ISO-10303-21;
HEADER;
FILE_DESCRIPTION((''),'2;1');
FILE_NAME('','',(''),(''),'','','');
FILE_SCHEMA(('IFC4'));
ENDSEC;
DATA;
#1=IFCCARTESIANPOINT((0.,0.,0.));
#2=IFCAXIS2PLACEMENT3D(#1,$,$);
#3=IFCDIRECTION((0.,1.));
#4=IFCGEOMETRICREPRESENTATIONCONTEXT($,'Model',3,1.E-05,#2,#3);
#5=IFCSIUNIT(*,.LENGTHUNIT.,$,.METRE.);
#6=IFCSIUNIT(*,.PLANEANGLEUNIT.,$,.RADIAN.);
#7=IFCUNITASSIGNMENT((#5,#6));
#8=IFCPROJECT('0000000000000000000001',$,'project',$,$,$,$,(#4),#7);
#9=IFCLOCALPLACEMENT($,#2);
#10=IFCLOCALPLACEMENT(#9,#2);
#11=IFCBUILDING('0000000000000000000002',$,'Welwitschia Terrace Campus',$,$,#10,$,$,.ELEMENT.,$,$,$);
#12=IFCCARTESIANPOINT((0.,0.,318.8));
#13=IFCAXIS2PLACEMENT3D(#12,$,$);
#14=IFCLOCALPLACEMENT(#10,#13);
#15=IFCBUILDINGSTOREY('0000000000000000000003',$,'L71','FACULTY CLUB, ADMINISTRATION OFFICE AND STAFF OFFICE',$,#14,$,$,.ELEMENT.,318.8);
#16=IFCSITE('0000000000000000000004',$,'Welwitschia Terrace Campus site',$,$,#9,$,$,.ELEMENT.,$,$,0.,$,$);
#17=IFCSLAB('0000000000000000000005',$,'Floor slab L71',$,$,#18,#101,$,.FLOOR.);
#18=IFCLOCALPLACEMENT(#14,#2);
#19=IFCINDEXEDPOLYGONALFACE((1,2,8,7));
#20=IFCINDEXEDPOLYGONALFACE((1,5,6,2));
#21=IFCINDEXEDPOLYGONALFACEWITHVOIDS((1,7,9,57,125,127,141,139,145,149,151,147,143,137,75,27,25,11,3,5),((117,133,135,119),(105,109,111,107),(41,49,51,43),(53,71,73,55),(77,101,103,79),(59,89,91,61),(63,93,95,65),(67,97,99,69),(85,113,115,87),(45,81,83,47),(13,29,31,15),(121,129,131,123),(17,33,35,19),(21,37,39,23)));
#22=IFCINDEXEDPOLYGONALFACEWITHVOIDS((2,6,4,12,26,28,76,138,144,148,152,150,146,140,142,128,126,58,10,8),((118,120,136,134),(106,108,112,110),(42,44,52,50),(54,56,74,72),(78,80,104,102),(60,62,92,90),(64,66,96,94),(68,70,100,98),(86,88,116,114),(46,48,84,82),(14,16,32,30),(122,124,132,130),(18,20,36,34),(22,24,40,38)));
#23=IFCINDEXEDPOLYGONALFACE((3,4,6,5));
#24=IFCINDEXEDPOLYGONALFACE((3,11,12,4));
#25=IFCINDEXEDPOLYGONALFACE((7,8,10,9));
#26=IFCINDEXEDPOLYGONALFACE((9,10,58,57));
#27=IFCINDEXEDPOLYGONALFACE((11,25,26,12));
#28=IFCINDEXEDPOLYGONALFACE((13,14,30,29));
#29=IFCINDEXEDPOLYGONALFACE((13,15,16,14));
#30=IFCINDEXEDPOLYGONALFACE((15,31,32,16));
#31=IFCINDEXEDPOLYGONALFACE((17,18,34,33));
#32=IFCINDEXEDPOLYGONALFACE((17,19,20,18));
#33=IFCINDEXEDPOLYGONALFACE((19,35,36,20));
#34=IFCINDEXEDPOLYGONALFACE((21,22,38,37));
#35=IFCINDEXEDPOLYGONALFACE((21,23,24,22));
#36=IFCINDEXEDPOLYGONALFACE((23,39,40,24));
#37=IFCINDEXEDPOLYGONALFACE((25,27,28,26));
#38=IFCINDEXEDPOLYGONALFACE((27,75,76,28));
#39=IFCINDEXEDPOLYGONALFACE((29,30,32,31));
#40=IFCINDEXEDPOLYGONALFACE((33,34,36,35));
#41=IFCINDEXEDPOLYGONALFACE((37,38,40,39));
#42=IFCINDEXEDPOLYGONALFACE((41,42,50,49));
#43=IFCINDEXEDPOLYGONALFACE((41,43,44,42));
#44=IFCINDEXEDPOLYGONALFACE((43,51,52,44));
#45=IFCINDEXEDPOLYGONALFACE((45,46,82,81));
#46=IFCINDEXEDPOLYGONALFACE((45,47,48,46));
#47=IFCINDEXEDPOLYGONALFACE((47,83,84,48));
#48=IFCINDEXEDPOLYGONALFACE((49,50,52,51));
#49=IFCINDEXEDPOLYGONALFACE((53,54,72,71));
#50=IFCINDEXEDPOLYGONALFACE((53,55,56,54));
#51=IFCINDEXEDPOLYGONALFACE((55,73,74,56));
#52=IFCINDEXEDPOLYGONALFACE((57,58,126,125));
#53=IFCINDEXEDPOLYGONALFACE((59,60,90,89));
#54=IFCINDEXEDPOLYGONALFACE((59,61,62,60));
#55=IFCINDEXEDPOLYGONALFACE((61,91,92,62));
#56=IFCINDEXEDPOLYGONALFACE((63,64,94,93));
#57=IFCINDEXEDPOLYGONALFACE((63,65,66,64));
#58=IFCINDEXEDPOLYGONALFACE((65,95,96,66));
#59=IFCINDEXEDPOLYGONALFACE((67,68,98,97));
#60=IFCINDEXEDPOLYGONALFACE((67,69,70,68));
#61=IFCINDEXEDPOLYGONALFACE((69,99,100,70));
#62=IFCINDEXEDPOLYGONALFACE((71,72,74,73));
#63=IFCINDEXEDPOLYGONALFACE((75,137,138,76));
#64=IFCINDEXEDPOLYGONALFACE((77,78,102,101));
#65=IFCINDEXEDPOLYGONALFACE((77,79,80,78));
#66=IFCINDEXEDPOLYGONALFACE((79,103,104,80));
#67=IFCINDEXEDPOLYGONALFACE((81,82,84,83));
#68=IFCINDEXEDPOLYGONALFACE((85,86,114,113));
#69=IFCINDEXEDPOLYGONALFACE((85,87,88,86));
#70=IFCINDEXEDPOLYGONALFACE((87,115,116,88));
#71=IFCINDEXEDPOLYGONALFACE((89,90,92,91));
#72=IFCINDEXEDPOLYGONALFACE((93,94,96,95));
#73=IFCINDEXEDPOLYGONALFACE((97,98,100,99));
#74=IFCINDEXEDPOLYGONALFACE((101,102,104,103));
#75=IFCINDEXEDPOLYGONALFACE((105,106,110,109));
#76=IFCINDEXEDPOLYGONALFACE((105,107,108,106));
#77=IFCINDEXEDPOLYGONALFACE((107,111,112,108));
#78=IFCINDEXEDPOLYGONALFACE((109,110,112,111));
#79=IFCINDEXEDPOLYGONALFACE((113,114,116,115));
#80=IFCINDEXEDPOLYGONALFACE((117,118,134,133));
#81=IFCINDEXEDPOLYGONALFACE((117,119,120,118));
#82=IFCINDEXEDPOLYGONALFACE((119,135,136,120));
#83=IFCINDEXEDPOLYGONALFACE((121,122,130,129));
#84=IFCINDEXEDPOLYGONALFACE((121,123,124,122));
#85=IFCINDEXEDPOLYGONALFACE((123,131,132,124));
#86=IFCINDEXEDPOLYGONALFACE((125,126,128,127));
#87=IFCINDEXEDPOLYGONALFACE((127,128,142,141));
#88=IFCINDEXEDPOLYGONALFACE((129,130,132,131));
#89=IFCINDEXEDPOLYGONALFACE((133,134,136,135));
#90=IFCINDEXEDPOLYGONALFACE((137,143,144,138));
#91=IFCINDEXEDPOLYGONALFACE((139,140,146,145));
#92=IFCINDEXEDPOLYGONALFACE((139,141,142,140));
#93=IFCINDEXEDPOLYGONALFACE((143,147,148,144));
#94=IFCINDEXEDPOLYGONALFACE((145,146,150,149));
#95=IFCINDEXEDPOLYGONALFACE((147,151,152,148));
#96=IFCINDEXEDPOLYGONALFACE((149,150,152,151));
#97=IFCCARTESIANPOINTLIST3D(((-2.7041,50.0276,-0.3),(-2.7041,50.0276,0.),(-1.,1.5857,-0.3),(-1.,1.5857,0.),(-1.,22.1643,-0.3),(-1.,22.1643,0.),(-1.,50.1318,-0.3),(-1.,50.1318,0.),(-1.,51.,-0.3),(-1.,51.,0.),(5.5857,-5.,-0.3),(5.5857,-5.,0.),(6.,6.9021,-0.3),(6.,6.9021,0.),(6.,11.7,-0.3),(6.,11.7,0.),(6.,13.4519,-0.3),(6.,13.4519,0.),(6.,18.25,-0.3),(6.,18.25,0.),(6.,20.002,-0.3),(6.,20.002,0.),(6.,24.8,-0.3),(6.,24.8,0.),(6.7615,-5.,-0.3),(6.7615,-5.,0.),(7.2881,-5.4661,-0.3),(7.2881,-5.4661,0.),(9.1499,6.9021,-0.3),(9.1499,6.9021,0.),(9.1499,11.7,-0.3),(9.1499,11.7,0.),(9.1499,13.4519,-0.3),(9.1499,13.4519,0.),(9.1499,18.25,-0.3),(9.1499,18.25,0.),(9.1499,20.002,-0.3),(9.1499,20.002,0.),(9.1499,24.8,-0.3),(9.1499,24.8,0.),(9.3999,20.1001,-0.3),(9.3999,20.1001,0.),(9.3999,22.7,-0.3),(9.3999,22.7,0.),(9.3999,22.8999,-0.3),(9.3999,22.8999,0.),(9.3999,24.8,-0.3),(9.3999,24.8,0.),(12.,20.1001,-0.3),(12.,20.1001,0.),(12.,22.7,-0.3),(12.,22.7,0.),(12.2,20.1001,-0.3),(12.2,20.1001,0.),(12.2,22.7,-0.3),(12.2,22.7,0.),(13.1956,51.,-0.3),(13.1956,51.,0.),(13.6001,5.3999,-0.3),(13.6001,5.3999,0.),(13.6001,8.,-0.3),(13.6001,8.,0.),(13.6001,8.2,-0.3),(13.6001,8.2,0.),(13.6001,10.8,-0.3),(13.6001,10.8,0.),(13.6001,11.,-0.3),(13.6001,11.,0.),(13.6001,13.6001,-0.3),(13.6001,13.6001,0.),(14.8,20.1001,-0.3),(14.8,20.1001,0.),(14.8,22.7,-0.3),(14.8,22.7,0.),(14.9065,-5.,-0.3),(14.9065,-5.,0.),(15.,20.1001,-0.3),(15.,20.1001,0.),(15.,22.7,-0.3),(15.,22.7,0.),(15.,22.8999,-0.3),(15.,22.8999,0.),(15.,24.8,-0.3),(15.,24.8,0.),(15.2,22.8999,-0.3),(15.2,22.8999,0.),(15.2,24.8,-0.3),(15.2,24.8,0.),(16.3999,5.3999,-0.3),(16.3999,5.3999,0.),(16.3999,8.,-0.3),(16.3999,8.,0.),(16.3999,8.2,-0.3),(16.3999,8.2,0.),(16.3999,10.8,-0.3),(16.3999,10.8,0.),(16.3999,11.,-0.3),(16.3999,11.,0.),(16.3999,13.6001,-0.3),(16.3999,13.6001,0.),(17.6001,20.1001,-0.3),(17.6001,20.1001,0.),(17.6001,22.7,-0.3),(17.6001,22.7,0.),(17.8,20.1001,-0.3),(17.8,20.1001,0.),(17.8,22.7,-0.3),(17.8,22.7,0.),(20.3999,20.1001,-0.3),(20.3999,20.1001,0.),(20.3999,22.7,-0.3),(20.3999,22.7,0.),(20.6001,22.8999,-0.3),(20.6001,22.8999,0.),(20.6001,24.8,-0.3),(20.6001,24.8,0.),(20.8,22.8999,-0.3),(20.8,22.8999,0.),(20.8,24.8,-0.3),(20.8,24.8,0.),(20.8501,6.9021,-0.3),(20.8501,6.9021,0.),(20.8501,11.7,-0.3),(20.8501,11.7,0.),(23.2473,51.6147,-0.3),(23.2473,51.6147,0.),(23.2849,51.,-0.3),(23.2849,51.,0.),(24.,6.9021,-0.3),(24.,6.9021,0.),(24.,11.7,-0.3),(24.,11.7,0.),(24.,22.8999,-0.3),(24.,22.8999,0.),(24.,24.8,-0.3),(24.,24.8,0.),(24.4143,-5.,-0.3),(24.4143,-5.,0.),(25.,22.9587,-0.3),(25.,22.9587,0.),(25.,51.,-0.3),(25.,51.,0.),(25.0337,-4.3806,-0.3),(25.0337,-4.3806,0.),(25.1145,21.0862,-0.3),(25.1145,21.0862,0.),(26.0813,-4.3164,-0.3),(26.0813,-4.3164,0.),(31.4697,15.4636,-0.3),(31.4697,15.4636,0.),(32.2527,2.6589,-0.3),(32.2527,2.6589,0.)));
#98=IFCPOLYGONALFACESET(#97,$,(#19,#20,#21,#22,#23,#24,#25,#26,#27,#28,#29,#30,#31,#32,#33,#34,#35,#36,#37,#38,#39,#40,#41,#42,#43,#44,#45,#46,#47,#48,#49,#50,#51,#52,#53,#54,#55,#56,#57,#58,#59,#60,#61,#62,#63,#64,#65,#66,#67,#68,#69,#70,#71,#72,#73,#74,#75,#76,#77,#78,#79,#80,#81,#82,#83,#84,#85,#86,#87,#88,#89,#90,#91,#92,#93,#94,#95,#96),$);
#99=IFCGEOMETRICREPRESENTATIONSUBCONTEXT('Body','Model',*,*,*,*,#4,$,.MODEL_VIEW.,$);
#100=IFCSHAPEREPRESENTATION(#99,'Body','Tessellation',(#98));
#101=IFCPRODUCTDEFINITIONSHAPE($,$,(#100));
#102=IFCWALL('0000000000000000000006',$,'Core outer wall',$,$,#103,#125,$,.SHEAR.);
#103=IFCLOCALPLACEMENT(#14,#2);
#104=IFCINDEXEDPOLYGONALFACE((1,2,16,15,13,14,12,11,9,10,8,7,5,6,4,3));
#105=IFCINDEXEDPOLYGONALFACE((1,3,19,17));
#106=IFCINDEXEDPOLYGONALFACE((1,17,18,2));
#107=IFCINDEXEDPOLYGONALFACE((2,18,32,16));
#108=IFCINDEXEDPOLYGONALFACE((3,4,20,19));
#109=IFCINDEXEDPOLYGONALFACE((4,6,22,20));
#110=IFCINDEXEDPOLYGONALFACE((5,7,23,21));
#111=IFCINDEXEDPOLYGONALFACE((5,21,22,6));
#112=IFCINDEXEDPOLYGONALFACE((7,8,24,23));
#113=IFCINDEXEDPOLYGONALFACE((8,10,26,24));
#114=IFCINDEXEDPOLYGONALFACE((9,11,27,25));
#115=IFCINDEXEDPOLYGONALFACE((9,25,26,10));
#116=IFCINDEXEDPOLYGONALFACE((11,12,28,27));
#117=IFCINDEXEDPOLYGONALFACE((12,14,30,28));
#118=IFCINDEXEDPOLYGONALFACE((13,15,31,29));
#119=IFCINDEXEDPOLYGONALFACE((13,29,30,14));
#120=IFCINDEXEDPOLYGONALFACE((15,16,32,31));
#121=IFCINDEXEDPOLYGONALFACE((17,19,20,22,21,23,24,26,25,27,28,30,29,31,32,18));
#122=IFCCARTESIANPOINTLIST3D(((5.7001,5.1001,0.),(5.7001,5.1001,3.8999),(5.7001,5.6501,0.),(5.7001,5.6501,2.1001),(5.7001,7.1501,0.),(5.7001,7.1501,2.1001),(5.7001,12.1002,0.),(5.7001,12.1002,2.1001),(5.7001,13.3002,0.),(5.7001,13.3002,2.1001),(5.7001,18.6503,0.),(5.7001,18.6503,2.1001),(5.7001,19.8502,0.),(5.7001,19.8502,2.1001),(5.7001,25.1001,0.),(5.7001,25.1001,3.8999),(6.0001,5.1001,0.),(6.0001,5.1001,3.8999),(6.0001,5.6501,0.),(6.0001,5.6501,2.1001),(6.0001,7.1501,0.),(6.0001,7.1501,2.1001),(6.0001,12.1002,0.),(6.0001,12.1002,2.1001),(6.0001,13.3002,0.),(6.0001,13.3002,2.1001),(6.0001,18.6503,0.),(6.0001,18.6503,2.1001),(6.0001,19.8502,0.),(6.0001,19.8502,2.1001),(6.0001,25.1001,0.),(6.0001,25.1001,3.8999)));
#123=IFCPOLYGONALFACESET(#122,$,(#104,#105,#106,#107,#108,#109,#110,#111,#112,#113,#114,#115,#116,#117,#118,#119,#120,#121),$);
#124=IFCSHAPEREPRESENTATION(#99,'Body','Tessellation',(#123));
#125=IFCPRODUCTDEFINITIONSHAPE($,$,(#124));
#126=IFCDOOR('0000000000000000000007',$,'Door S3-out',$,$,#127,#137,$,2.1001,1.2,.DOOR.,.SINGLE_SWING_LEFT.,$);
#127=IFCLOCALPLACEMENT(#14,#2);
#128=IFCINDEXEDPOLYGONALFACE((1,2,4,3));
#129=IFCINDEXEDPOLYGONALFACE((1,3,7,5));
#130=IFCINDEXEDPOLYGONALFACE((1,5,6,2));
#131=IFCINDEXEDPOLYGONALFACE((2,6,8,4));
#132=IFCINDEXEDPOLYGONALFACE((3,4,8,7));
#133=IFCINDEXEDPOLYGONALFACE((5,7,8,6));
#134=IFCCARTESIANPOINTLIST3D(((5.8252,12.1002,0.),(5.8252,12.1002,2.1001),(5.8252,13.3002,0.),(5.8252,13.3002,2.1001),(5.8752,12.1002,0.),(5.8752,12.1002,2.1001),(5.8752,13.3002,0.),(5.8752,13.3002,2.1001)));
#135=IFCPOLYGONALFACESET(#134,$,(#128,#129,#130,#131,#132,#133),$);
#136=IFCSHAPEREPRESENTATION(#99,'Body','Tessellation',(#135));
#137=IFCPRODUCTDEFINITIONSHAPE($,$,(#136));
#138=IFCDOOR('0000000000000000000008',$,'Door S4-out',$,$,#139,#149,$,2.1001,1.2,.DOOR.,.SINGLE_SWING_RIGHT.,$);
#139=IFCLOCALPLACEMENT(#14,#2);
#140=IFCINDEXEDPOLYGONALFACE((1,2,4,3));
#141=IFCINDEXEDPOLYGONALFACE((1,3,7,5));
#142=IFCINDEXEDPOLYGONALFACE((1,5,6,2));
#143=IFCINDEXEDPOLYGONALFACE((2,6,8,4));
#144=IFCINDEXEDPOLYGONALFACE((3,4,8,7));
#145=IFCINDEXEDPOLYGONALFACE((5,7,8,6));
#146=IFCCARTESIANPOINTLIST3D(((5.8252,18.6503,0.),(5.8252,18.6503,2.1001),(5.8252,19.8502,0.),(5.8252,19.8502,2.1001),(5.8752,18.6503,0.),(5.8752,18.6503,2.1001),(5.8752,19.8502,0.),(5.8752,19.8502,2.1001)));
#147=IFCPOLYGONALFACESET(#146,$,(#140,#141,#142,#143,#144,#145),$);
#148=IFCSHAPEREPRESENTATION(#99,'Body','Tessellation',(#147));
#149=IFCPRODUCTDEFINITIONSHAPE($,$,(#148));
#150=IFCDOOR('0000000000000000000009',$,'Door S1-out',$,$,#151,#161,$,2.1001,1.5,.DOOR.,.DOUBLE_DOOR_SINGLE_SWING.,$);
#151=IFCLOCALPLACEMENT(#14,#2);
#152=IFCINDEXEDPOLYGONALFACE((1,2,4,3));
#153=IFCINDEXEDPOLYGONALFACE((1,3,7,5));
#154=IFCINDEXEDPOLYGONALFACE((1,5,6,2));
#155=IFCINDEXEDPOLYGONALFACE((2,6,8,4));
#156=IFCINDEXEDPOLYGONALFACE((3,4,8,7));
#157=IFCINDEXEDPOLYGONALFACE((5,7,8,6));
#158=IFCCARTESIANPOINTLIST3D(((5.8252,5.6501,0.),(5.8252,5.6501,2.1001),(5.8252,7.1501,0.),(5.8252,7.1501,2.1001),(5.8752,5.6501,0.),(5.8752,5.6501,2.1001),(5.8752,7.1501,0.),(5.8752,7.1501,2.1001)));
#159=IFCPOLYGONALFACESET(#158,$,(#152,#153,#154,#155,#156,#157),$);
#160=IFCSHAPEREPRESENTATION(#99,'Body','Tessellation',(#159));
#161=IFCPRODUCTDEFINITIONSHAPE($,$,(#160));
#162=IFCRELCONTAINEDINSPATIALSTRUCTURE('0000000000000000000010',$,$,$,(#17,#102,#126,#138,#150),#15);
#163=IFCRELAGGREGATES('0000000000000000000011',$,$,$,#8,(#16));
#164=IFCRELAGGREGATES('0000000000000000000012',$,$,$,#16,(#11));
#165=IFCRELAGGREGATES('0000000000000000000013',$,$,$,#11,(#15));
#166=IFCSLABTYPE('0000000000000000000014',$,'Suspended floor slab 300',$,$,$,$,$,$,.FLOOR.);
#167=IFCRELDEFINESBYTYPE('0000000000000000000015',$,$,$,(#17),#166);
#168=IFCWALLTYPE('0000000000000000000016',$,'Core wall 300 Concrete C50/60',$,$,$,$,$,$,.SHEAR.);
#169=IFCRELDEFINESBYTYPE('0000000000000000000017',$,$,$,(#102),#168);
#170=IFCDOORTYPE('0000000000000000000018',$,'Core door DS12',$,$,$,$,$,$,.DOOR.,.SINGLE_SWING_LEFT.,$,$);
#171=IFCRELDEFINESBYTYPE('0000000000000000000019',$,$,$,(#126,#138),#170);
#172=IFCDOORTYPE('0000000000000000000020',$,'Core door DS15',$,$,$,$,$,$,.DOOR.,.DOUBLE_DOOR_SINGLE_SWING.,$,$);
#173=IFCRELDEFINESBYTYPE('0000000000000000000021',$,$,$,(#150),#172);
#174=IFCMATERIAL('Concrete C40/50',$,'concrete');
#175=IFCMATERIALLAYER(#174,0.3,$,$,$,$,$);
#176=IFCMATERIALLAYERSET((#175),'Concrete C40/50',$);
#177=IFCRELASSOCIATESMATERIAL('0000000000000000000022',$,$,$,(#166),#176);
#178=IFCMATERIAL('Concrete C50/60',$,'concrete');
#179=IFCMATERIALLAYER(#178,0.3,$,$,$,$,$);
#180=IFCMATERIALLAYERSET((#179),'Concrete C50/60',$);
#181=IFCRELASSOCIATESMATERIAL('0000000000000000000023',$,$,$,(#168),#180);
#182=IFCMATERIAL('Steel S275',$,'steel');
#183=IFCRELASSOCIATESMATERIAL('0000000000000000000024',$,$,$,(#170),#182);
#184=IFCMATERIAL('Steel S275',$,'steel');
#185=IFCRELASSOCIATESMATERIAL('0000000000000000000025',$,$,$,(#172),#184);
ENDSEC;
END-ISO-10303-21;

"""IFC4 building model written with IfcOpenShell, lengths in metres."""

from ifc_helpers import new_model, si_unit, direction, frame, frame_2d, origin, place, context, subcontext, project, spatial, polyline, rectangle, outline, extrude, material, layer, layer_set, type_object, element, fill, save


model = new_model("IFC4")

# Units and contexts
model_context = context("Model", 3, precision=1e-05, world=origin(), true_north=direction((0.0, 1.0)))
body_context = subcontext(model_context, "Body", "Model", "MODEL_VIEW")
ifc_project = project(units=[si_unit("LENGTHUNIT", "METRE"), si_unit("PLANEANGLEUNIT", "RADIAN")], contexts=[model_context])

# Site, building, storey
site_placement = place(None, origin())
site = spatial("IfcSite", under=ifc_project, at=site_placement, Name="Welwitschia Terrace Campus site", CompositionType="ELEMENT", RefElevation=0.0)
building_placement = place(site_placement, origin())
building = spatial("IfcBuilding", under=site, at=building_placement, Name="Welwitschia Terrace Campus", CompositionType="ELEMENT")
storey_placement = place(building_placement, frame((0.0, 0.0, 318.8)))
storey = spatial("IfcBuildingStorey", under=building, at=storey_placement, Name="L71", Description="FACULTY CLUB, ADMINISTRATION OFFICE AND STAFF OFFICE", CompositionType="ELEMENT", Elevation=318.8)

# Slab
ifc_material_1 = material(Name="Concrete C40/50", Category="concrete")
ifc_layer_1 = layer(ifc_material_1, 0.3)
ifc_layer_set_1 = layer_set([ifc_layer_1], Name="Concrete C40/50")
slab_type_1 = type_object("IfcSlabType", Name="Suspended floor slab 300", PredefinedType="FLOOR", material=ifc_layer_set_1)
slab_1_placement = place(storey_placement, frame((0.0, 0.0, -0.3)))
element("IfcSlab", 1, at=slab_1_placement, inside=storey, type_object=slab_type_1, Name="Floor slab L71", PredefinedType="FLOOR", context=body_context, shape_type="SweptSolid", body=[
    extrude(outline(polyline([(-2.7041, 50.0276), (-1.0, 50.1318), (-1.0, 51.0), (13.1956, 51.0), (23.2473, 51.6147), (23.2849, 51.0), (25.0, 51.0), (25.0, 22.9587), (25.1145, 21.0862), (31.4697, 15.4636), (32.2527, 2.6589), (26.0813, -4.3164), (25.0337, -4.3806), (24.4143, -5.0), (14.9065, -5.0), (7.2881, -5.4661), (6.7615, -5.0), (5.5857, -5.0), (-1.0, 1.5857), (-1.0, 22.1643), (-2.7041, 50.0276)]), holes=[polyline([(13.6001, 8.0), (13.6001, 5.3999), (16.3999, 5.3999), (16.3999, 8.0), (13.6001, 8.0)]), polyline([(9.1499, 11.7), (6.0, 11.7), (6.0, 6.9021), (9.1499, 6.9021), (9.1499, 11.7)]), polyline([(9.1499, 18.25), (6.0, 18.25), (6.0, 13.4519), (9.1499, 13.4519), (9.1499, 18.25)]), polyline([(12.0, 22.7), (9.3999, 22.7), (9.3999, 20.1001), (12.0, 20.1001), (12.0, 22.7)]), polyline([(14.8, 22.7), (12.2, 22.7), (12.2, 20.1001), (14.8, 20.1001), (14.8, 22.7)]), polyline([(9.1499, 24.8), (6.0, 24.8), (6.0, 20.002), (9.1499, 20.002), (9.1499, 24.8)]), polyline([(15.0, 24.8), (9.3999, 24.8), (9.3999, 22.8999), (15.0, 22.8999), (15.0, 24.8)]), polyline([(20.8501, 11.7), (20.8501, 6.9021), (24.0, 6.9021), (24.0, 11.7), (20.8501, 11.7)]), polyline([(16.3999, 10.8), (13.6001, 10.8), (13.6001, 8.2), (16.3999, 8.2), (16.3999, 10.8)]), polyline([(16.3999, 13.6001), (13.6001, 13.6001), (13.6001, 11.0), (16.3999, 11.0), (16.3999, 13.6001)]), polyline([(17.6001, 22.7), (15.0, 22.7), (15.0, 20.1001), (17.6001, 20.1001), (17.6001, 22.7)]), polyline([(20.3999, 22.7), (17.8, 22.7), (17.8, 20.1001), (20.3999, 20.1001), (20.3999, 22.7)]), polyline([(20.6001, 24.8), (15.2, 24.8), (15.2, 22.8999), (20.6001, 22.8999), (20.6001, 24.8)]), polyline([(24.0, 24.8), (20.8, 24.8), (20.8, 22.8999), (24.0, 22.8999), (24.0, 24.8)])]), origin(), (0.0, 0.0, 1.0), 0.3),
])

# Wall, openings, doors
ifc_material_2 = material(Name="Concrete C50/60", Category="concrete")
ifc_layer_2 = layer(ifc_material_2, 0.3)
ifc_layer_set_2 = layer_set([ifc_layer_2], Name="Concrete C50/60")
wall_type_1 = type_object("IfcWallType", Name="Core wall 300 Concrete C50/60", PredefinedType="SHEAR", material=ifc_layer_set_2)
wall_1_placement = place(storey_placement, frame((5.8501, 5.1001, 0.0), z_axis=(0.0, 0.0, 1.0), x_axis=(0.0, 1.0, 0.0)))
wall_1 = element("IfcWall", 2, at=wall_1_placement, inside=storey, type_object=wall_type_1, Name="Core outer wall", PredefinedType="SHEAR", context=body_context, shape_type="SweptSolid", body=[
    extrude(rectangle(XDim=20.0, YDim=0.3, at=frame_2d((10.0, 0.0))), origin(), (0.0, 0.0, 1.0), 3.8999),
])
opening_1_placement = place(wall_1_placement, frame((0.55, 0.0, 0.0)))
opening_1 = element("IfcOpeningElement", 3, at=opening_1_placement, cuts=wall_1, PredefinedType="OPENING", context=body_context, shape_type="SweptSolid", body=[
    extrude(rectangle(XDim=1.5, YDim=2.1001, at=frame_2d((0.75, 1.05))), frame((0.0, 0.1599, 0.0), z_axis=(0.0, -1.0, 0.0), x_axis=(1.0, 0.0, 0.0)), (0.0, 0.0, 1.0), 0.3201),
])
opening_2_placement = place(wall_1_placement, frame((7.0, 0.0, 0.0)))
opening_2 = element("IfcOpeningElement", 4, at=opening_2_placement, cuts=wall_1, PredefinedType="OPENING", context=body_context, shape_type="SweptSolid", body=[
    extrude(rectangle(XDim=1.2, YDim=2.1001, at=frame_2d((0.6001, 1.05))), frame((0.0, 0.1599, 0.0), z_axis=(0.0, -1.0, 0.0), x_axis=(1.0, 0.0, 0.0)), (0.0, 0.0, 1.0), 0.3201),
])
opening_3_placement = place(wall_1_placement, frame((13.55, 0.0, 0.0)))
opening_3 = element("IfcOpeningElement", 5, at=opening_3_placement, cuts=wall_1, PredefinedType="OPENING", context=body_context, shape_type="SweptSolid", body=[
    extrude(rectangle(XDim=1.2, YDim=2.1001, at=frame_2d((0.6001, 1.05))), frame((0.0, 0.1599, 0.0), z_axis=(0.0, -1.0, 0.0), x_axis=(1.0, 0.0, 0.0)), (0.0, 0.0, 1.0), 0.3201),
])
ifc_material_3 = material(Name="Steel S275", Category="steel")
door_type_1 = type_object("IfcDoorType", Name="Core door DS12", OperationType="SINGLE_SWING_LEFT", PredefinedType="DOOR", material=ifc_material_3)
door_1_placement = place(opening_2_placement, origin())
door_1 = element("IfcDoor", 6, at=door_1_placement, inside=storey, type_object=door_type_1, Name="Door S3-out", OperationType="SINGLE_SWING_LEFT", OverallHeight=2.1001, OverallWidth=1.2, PredefinedType="DOOR", context=body_context, shape_type="SweptSolid", body=[
    extrude(rectangle(XDim=1.2, YDim=2.1001, at=frame_2d((0.6001, 1.05))), frame((0.0, 0.0249, 0.0), z_axis=(0.0, -1.0, 0.0), x_axis=(1.0, 0.0, 0.0)), (0.0, 0.0, 1.0), 0.05),
])
fill(opening_2, door_1)
door_2_placement = place(opening_3_placement, origin())
door_2 = element("IfcDoor", 7, at=door_2_placement, inside=storey, type_object=door_type_1, Name="Door S4-out", OperationType="SINGLE_SWING_RIGHT", OverallHeight=2.1001, OverallWidth=1.2, PredefinedType="DOOR", context=body_context, shape_type="SweptSolid", body=[
    extrude(rectangle(XDim=1.2, YDim=2.1001, at=frame_2d((0.6001, 1.05))), frame((0.0, 0.0249, 0.0), z_axis=(0.0, -1.0, 0.0), x_axis=(1.0, 0.0, 0.0)), (0.0, 0.0, 1.0), 0.05),
])
fill(opening_3, door_2)
ifc_material_4 = material(Name="Steel S275", Category="steel")
door_type_2 = type_object("IfcDoorType", Name="Core door DS15", OperationType="DOUBLE_DOOR_SINGLE_SWING", PredefinedType="DOOR", material=ifc_material_4)
door_3_placement = place(opening_1_placement, origin())
door_3 = element("IfcDoor", 8, at=door_3_placement, inside=storey, type_object=door_type_2, Name="Door S1-out", OperationType="DOUBLE_DOOR_SINGLE_SWING", OverallHeight=2.1001, OverallWidth=1.5, PredefinedType="DOOR", context=body_context, shape_type="SweptSolid", body=[
    extrude(rectangle(XDim=1.5, YDim=2.1001, at=frame_2d((0.75, 1.05))), frame((0.0, 0.0249, 0.0), z_axis=(0.0, -1.0, 0.0), x_axis=(1.0, 0.0, 0.0)), (0.0, 0.0, 1.0), 0.05),
])
fill(opening_1, door_3)

save(model, "model.ifc")
